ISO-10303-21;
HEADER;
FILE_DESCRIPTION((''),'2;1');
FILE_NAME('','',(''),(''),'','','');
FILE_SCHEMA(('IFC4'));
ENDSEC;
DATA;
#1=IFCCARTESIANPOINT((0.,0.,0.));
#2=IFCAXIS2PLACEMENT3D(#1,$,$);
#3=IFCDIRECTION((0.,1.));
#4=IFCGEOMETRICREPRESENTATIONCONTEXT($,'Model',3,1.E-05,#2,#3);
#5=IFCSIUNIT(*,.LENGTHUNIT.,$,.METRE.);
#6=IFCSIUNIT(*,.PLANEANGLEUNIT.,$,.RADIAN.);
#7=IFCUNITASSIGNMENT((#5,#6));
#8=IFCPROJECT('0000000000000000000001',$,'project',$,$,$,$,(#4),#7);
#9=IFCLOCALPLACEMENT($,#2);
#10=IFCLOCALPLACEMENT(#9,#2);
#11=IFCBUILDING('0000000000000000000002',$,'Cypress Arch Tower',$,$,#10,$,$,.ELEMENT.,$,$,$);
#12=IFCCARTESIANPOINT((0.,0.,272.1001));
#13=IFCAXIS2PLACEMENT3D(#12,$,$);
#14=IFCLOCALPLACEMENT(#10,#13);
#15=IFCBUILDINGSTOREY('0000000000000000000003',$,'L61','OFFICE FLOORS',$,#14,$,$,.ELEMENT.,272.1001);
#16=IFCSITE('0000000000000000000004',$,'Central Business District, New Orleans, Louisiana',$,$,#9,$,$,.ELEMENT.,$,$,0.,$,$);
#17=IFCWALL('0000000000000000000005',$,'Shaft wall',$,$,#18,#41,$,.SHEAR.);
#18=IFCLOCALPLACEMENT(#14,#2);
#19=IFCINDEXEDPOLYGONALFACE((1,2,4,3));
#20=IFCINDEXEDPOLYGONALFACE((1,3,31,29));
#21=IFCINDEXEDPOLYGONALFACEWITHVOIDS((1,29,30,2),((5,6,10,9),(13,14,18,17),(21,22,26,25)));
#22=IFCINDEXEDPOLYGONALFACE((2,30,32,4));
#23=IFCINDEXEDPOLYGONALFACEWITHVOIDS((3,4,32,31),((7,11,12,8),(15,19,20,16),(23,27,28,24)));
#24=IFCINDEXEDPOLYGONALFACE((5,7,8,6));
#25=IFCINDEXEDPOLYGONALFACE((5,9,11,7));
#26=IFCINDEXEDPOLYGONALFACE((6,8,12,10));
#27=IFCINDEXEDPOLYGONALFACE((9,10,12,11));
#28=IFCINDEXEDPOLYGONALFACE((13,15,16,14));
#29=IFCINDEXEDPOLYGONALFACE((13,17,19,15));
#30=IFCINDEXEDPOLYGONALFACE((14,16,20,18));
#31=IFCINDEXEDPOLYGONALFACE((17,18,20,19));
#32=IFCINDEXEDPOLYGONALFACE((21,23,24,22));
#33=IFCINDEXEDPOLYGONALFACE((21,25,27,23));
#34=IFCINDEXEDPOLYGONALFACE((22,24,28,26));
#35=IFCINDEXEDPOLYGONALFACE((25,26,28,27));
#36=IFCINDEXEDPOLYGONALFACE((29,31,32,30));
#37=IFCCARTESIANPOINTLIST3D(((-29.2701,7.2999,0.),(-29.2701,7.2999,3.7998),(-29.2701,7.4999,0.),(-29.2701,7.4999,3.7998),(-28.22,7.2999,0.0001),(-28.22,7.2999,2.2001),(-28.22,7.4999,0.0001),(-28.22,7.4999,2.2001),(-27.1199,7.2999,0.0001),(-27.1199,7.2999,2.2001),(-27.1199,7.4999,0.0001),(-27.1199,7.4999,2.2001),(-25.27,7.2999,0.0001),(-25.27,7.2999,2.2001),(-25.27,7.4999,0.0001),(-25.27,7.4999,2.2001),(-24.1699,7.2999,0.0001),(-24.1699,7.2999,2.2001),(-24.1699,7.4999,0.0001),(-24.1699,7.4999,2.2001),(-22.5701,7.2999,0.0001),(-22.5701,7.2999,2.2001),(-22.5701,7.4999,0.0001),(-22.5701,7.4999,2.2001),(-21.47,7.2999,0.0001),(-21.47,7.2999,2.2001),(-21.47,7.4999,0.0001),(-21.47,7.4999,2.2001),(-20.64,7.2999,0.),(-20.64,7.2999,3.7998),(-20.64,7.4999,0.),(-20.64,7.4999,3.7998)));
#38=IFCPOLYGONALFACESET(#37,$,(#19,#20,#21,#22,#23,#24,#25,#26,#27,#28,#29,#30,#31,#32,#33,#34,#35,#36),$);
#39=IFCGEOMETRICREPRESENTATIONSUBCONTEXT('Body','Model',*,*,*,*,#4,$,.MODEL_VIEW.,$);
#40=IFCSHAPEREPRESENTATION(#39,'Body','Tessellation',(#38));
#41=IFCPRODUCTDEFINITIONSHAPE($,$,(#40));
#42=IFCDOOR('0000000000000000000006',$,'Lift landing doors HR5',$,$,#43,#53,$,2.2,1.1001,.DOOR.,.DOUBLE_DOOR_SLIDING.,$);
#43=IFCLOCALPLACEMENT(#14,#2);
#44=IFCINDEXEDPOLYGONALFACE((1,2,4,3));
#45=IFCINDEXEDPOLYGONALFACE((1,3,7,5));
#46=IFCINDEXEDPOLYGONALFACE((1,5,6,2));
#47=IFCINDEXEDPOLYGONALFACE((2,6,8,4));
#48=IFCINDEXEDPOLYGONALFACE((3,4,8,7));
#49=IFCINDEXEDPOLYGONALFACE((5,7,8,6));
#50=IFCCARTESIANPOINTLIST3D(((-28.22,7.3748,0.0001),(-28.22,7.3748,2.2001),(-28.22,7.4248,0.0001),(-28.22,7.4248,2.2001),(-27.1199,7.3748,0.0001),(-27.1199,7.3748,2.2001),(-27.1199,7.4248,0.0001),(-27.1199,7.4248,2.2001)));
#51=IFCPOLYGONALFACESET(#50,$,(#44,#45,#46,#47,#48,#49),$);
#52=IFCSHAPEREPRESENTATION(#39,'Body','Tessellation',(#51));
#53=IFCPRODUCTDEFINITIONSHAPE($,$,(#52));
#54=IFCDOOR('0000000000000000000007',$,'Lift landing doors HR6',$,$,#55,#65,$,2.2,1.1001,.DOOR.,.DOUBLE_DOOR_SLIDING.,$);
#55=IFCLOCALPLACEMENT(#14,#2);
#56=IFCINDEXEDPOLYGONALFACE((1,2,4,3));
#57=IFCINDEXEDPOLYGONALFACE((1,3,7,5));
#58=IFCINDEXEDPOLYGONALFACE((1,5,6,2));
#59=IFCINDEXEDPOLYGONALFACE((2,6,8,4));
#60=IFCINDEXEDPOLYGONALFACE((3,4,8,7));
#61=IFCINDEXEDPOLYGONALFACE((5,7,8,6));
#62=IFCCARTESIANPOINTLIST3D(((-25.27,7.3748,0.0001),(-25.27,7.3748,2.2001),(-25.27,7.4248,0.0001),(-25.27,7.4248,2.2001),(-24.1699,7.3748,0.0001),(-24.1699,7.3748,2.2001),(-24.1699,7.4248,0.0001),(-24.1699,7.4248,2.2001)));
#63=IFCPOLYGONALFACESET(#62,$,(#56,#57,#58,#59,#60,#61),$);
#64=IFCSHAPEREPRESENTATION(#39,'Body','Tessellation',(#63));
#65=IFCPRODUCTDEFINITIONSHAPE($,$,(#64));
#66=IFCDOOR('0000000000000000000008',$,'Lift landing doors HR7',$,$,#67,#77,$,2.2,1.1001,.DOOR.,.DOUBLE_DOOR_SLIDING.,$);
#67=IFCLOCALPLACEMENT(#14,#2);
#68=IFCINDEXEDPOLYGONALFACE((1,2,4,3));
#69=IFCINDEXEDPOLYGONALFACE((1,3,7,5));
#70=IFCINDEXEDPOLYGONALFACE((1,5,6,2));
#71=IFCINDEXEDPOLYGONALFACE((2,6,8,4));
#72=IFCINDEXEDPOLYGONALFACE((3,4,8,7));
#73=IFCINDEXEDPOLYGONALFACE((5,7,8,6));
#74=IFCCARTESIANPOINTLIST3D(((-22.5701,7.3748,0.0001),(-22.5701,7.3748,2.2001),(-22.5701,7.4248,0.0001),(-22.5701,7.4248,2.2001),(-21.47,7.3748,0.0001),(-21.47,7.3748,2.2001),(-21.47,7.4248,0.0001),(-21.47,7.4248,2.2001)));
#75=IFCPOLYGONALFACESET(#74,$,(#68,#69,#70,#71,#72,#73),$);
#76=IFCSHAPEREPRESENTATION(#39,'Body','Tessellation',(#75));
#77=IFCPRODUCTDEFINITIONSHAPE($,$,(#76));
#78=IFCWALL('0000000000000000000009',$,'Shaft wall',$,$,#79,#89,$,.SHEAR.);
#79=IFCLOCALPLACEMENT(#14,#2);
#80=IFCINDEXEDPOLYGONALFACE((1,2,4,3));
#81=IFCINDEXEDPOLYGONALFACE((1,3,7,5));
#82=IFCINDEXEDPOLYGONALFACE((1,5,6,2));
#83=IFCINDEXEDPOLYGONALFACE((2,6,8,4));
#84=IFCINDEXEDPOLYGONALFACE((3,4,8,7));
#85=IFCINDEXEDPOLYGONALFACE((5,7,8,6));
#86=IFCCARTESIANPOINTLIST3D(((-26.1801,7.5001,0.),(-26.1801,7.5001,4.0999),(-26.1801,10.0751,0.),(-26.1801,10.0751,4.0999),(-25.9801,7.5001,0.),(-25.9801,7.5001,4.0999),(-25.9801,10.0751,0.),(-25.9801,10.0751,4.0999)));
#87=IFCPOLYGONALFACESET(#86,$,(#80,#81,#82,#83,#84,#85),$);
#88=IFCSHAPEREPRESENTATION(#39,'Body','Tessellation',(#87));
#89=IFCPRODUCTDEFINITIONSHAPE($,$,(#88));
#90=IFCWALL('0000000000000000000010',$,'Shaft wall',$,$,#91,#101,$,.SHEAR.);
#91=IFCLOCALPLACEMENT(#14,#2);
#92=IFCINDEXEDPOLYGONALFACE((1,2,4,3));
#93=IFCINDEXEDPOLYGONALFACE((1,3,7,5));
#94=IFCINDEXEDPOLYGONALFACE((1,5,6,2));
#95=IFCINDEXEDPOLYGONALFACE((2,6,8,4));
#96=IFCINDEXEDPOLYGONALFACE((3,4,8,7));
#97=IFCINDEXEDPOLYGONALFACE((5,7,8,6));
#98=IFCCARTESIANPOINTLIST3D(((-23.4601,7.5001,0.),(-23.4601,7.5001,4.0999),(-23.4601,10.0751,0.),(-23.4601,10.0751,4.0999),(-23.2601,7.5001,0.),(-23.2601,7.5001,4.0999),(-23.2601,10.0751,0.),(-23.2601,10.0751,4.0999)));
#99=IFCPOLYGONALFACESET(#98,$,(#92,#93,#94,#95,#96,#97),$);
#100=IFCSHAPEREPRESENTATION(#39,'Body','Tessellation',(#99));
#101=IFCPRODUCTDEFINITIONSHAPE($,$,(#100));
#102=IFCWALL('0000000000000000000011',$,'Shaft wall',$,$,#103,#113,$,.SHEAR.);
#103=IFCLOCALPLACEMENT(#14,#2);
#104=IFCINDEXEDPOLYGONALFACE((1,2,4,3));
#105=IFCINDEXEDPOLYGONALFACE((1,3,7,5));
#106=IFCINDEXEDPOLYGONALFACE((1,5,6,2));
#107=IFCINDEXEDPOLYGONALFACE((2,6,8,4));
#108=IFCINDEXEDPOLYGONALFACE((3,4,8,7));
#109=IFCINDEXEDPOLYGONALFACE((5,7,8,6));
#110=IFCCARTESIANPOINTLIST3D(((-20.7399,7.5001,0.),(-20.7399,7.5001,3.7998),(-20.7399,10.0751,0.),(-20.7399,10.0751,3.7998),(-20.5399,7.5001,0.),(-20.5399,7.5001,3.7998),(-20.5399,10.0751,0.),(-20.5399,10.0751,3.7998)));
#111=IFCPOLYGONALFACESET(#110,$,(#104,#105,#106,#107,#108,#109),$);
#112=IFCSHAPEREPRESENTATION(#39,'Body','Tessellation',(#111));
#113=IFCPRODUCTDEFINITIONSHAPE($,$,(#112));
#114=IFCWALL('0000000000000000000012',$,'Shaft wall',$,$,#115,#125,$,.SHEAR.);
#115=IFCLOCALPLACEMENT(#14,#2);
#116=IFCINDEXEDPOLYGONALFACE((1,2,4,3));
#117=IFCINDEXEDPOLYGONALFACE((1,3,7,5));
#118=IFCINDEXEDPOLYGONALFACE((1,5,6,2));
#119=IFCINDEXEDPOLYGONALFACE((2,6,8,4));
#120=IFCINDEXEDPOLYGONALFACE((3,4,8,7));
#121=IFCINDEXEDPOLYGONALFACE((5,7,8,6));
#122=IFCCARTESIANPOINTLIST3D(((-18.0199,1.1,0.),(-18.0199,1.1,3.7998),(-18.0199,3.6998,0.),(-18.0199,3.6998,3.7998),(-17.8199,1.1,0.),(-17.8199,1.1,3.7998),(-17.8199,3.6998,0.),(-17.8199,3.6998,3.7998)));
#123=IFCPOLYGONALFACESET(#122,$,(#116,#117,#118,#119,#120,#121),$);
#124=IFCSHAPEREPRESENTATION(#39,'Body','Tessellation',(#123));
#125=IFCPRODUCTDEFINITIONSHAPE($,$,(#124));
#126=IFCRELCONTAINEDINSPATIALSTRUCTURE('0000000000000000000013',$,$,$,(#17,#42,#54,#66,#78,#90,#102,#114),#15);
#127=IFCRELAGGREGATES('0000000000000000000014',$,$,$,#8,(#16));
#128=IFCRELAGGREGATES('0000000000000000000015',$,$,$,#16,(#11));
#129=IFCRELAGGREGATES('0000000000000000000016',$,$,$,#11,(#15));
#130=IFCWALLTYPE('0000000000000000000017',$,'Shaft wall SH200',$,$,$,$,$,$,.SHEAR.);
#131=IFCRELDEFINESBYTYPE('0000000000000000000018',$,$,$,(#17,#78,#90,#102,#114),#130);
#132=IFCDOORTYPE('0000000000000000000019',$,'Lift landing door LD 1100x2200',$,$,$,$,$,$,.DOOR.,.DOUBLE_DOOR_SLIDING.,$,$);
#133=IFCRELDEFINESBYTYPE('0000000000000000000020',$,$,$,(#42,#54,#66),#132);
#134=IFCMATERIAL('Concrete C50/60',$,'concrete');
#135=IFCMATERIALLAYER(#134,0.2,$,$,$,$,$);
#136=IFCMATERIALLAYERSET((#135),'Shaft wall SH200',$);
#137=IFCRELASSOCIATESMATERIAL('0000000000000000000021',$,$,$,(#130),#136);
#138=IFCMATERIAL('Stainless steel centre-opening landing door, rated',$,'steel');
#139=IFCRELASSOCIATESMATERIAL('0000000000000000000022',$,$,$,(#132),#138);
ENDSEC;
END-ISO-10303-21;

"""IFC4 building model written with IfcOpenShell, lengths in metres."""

from ifc_helpers import new_model, si_unit, direction, frame, frame_2d, origin, place, context, subcontext, project, spatial, rectangle, extrude, material, layer, layer_set, type_object, element, fill, save


model = new_model("IFC4")

# Units and contexts
model_context = context("Model", 3, precision=1e-05, world=origin(), true_north=direction((0.0, 1.0)))
body_context = subcontext(model_context, "Body", "Model", "MODEL_VIEW")
ifc_project = project(units=[si_unit("LENGTHUNIT", "METRE"), si_unit("PLANEANGLEUNIT", "RADIAN")], contexts=[model_context])

# Site, building, storey
site_placement = place(None, origin())
site = spatial("IfcSite", under=ifc_project, at=site_placement, Name="Central Business District, New Orleans, Louisiana", CompositionType="ELEMENT", RefElevation=0.0)
building_placement = place(site_placement, origin())
building = spatial("IfcBuilding", under=site, at=building_placement, Name="Cypress Arch Tower", CompositionType="ELEMENT")
storey_placement = place(building_placement, frame((0.0, 0.0, 272.1001)))
storey = spatial("IfcBuildingStorey", under=building, at=storey_placement, Name="L61", Description="OFFICE FLOORS", CompositionType="ELEMENT", Elevation=272.1001)

# Wall, openings, doors
ifc_material_1 = material(Name="Concrete C50/60", Category="concrete")
ifc_layer_1 = layer(ifc_material_1, 0.2)
ifc_layer_set_1 = layer_set([ifc_layer_1], Name="Shaft wall SH200")
wall_type_1 = type_object("IfcWallType", Name="Shaft wall SH200", PredefinedType="SHEAR", material=ifc_layer_set_1)
wall_1_placement = place(storey_placement, frame((-29.27, 7.3999, 0.0), z_axis=(0.0, 0.0, 1.0), x_axis=(1.0, 0.0, 0.0)))
wall_1 = element("IfcWall", 1, at=wall_1_placement, inside=storey, type_object=wall_type_1, Name="Shaft wall", PredefinedType="SHEAR", context=body_context, shape_type="SweptSolid", body=[
    extrude(rectangle(XDim=8.6301, YDim=0.2, at=frame_2d((4.3149, 0.0))), origin(), (0.0, 0.0, 1.0), 3.7998),
])
opening_1_placement = place(wall_1_placement, frame((1.05, 0.0, 0.0)))
opening_1 = element("IfcOpeningElement", 2, at=opening_1_placement, cuts=wall_1, PredefinedType="OPENING", context=body_context, shape_type="SweptSolid", body=[
    extrude(rectangle(XDim=1.1001, YDim=2.2, at=frame_2d((0.55, 1.1001))), frame((0.0, 0.1099, 0.0), z_axis=(0.0, -1.0, 0.0), x_axis=(1.0, 0.0, 0.0)), (0.0, 0.0, 1.0), 0.22),
])
opening_2_placement = place(wall_1_placement, frame((4.0, 0.0, 0.0)))
opening_2 = element("IfcOpeningElement", 3, at=opening_2_placement, cuts=wall_1, PredefinedType="OPENING", context=body_context, shape_type="SweptSolid", body=[
    extrude(rectangle(XDim=1.1001, YDim=2.2, at=frame_2d((0.55, 1.1001))), frame((0.0, 0.1099, 0.0), z_axis=(0.0, -1.0, 0.0), x_axis=(1.0, 0.0, 0.0)), (0.0, 0.0, 1.0), 0.22),
])
opening_3_placement = place(wall_1_placement, frame((6.7, 0.0, 0.0)))
opening_3 = element("IfcOpeningElement", 4, at=opening_3_placement, cuts=wall_1, PredefinedType="OPENING", context=body_context, shape_type="SweptSolid", body=[
    extrude(rectangle(XDim=1.1001, YDim=2.2, at=frame_2d((0.55, 1.1001))), frame((0.0, 0.1099, 0.0), z_axis=(0.0, -1.0, 0.0), x_axis=(1.0, 0.0, 0.0)), (0.0, 0.0, 1.0), 0.22),
])
ifc_material_2 = material(Name="Stainless steel centre-opening landing door, rated", Category="steel")
door_type_1 = type_object("IfcDoorType", Name="Lift landing door LD 1100x2200", OperationType="DOUBLE_DOOR_SLIDING", PredefinedType="DOOR", material=ifc_material_2)
door_1_placement = place(opening_1_placement, origin())
door_1 = element("IfcDoor", 5, at=door_1_placement, inside=storey, type_object=door_type_1, Name="Lift landing doors HR5", OperationType="DOUBLE_DOOR_SLIDING", OverallHeight=2.2, OverallWidth=1.1001, PredefinedType="DOOR", context=body_context, shape_type="SweptSolid", body=[
    extrude(rectangle(XDim=1.1001, YDim=2.2, at=frame_2d((0.55, 1.1001))), frame((0.0, 0.0249, 0.0), z_axis=(0.0, -1.0, 0.0), x_axis=(1.0, 0.0, 0.0)), (0.0, 0.0, 1.0), 0.05),
])
fill(opening_1, door_1)
door_2_placement = place(opening_2_placement, origin())
door_2 = element("IfcDoor", 6, at=door_2_placement, inside=storey, type_object=door_type_1, Name="Lift landing doors HR6", OperationType="DOUBLE_DOOR_SLIDING", OverallHeight=2.2, OverallWidth=1.1001, PredefinedType="DOOR", context=body_context, shape_type="SweptSolid", body=[
    extrude(rectangle(XDim=1.1001, YDim=2.2, at=frame_2d((0.55, 1.1001))), frame((0.0, 0.0249, 0.0), z_axis=(0.0, -1.0, 0.0), x_axis=(1.0, 0.0, 0.0)), (0.0, 0.0, 1.0), 0.05),
])
fill(opening_2, door_2)
door_3_placement = place(opening_3_placement, origin())
door_3 = element("IfcDoor", 7, at=door_3_placement, inside=storey, type_object=door_type_1, Name="Lift landing doors HR7", OperationType="DOUBLE_DOOR_SLIDING", OverallHeight=2.2, OverallWidth=1.1001, PredefinedType="DOOR", context=body_context, shape_type="SweptSolid", body=[
    extrude(rectangle(XDim=1.1001, YDim=2.2, at=frame_2d((0.55, 1.1001))), frame((0.0, 0.0249, 0.0), z_axis=(0.0, -1.0, 0.0), x_axis=(1.0, 0.0, 0.0)), (0.0, 0.0, 1.0), 0.05),
])
fill(opening_3, door_3)

# Walls
for number, where, z_axis, x_axis, name in (
    (8, (-26.0801, 7.5, 0.0), (0.0, 0.0, 1.0), (0.0, 1.0, 0.0), "Shaft wall"),
    (9, (-23.3601, 7.5, 0.0), (0.0, 0.0, 1.0), (0.0, 1.0, 0.0), "Shaft wall"),
):
    element("IfcWall", number, at=place(storey_placement, frame(where, z_axis=z_axis, x_axis=x_axis)), inside=storey, type_object=wall_type_1, Name=name, PredefinedType="SHEAR", context=body_context, shape_type="SweptSolid", body=[
        extrude(rectangle(XDim=2.575, YDim=0.2, at=frame_2d((1.2876, 0.0))), origin(), (0.0, 0.0, 1.0), 4.0999),
    ])
wall_2_placement = place(storey_placement, frame((-20.6399, 7.5, 0.0), z_axis=(0.0, 0.0, 1.0), x_axis=(0.0, 1.0, 0.0)))
element("IfcWall", 10, at=wall_2_placement, inside=storey, type_object=wall_type_1, Name="Shaft wall", PredefinedType="SHEAR", context=body_context, shape_type="SweptSolid", body=[
    extrude(rectangle(XDim=2.575, YDim=0.2, at=frame_2d((1.2876, 0.0))), origin(), (0.0, 0.0, 1.0), 3.7998),
])
wall_3_placement = place(storey_placement, frame((-17.9199, 1.1001, 0.0), z_axis=(0.0, 0.0, 1.0), x_axis=(0.0, 1.0, 0.0)))
element("IfcWall", 11, at=wall_3_placement, inside=storey, type_object=wall_type_1, Name="Shaft wall", PredefinedType="SHEAR", context=body_context, shape_type="SweptSolid", body=[
    extrude(rectangle(XDim=2.5999, YDim=0.2, at=frame_2d((1.2998, 0.0))), origin(), (0.0, 0.0, 1.0), 3.7998),
])

save(model, "model.ifc")
